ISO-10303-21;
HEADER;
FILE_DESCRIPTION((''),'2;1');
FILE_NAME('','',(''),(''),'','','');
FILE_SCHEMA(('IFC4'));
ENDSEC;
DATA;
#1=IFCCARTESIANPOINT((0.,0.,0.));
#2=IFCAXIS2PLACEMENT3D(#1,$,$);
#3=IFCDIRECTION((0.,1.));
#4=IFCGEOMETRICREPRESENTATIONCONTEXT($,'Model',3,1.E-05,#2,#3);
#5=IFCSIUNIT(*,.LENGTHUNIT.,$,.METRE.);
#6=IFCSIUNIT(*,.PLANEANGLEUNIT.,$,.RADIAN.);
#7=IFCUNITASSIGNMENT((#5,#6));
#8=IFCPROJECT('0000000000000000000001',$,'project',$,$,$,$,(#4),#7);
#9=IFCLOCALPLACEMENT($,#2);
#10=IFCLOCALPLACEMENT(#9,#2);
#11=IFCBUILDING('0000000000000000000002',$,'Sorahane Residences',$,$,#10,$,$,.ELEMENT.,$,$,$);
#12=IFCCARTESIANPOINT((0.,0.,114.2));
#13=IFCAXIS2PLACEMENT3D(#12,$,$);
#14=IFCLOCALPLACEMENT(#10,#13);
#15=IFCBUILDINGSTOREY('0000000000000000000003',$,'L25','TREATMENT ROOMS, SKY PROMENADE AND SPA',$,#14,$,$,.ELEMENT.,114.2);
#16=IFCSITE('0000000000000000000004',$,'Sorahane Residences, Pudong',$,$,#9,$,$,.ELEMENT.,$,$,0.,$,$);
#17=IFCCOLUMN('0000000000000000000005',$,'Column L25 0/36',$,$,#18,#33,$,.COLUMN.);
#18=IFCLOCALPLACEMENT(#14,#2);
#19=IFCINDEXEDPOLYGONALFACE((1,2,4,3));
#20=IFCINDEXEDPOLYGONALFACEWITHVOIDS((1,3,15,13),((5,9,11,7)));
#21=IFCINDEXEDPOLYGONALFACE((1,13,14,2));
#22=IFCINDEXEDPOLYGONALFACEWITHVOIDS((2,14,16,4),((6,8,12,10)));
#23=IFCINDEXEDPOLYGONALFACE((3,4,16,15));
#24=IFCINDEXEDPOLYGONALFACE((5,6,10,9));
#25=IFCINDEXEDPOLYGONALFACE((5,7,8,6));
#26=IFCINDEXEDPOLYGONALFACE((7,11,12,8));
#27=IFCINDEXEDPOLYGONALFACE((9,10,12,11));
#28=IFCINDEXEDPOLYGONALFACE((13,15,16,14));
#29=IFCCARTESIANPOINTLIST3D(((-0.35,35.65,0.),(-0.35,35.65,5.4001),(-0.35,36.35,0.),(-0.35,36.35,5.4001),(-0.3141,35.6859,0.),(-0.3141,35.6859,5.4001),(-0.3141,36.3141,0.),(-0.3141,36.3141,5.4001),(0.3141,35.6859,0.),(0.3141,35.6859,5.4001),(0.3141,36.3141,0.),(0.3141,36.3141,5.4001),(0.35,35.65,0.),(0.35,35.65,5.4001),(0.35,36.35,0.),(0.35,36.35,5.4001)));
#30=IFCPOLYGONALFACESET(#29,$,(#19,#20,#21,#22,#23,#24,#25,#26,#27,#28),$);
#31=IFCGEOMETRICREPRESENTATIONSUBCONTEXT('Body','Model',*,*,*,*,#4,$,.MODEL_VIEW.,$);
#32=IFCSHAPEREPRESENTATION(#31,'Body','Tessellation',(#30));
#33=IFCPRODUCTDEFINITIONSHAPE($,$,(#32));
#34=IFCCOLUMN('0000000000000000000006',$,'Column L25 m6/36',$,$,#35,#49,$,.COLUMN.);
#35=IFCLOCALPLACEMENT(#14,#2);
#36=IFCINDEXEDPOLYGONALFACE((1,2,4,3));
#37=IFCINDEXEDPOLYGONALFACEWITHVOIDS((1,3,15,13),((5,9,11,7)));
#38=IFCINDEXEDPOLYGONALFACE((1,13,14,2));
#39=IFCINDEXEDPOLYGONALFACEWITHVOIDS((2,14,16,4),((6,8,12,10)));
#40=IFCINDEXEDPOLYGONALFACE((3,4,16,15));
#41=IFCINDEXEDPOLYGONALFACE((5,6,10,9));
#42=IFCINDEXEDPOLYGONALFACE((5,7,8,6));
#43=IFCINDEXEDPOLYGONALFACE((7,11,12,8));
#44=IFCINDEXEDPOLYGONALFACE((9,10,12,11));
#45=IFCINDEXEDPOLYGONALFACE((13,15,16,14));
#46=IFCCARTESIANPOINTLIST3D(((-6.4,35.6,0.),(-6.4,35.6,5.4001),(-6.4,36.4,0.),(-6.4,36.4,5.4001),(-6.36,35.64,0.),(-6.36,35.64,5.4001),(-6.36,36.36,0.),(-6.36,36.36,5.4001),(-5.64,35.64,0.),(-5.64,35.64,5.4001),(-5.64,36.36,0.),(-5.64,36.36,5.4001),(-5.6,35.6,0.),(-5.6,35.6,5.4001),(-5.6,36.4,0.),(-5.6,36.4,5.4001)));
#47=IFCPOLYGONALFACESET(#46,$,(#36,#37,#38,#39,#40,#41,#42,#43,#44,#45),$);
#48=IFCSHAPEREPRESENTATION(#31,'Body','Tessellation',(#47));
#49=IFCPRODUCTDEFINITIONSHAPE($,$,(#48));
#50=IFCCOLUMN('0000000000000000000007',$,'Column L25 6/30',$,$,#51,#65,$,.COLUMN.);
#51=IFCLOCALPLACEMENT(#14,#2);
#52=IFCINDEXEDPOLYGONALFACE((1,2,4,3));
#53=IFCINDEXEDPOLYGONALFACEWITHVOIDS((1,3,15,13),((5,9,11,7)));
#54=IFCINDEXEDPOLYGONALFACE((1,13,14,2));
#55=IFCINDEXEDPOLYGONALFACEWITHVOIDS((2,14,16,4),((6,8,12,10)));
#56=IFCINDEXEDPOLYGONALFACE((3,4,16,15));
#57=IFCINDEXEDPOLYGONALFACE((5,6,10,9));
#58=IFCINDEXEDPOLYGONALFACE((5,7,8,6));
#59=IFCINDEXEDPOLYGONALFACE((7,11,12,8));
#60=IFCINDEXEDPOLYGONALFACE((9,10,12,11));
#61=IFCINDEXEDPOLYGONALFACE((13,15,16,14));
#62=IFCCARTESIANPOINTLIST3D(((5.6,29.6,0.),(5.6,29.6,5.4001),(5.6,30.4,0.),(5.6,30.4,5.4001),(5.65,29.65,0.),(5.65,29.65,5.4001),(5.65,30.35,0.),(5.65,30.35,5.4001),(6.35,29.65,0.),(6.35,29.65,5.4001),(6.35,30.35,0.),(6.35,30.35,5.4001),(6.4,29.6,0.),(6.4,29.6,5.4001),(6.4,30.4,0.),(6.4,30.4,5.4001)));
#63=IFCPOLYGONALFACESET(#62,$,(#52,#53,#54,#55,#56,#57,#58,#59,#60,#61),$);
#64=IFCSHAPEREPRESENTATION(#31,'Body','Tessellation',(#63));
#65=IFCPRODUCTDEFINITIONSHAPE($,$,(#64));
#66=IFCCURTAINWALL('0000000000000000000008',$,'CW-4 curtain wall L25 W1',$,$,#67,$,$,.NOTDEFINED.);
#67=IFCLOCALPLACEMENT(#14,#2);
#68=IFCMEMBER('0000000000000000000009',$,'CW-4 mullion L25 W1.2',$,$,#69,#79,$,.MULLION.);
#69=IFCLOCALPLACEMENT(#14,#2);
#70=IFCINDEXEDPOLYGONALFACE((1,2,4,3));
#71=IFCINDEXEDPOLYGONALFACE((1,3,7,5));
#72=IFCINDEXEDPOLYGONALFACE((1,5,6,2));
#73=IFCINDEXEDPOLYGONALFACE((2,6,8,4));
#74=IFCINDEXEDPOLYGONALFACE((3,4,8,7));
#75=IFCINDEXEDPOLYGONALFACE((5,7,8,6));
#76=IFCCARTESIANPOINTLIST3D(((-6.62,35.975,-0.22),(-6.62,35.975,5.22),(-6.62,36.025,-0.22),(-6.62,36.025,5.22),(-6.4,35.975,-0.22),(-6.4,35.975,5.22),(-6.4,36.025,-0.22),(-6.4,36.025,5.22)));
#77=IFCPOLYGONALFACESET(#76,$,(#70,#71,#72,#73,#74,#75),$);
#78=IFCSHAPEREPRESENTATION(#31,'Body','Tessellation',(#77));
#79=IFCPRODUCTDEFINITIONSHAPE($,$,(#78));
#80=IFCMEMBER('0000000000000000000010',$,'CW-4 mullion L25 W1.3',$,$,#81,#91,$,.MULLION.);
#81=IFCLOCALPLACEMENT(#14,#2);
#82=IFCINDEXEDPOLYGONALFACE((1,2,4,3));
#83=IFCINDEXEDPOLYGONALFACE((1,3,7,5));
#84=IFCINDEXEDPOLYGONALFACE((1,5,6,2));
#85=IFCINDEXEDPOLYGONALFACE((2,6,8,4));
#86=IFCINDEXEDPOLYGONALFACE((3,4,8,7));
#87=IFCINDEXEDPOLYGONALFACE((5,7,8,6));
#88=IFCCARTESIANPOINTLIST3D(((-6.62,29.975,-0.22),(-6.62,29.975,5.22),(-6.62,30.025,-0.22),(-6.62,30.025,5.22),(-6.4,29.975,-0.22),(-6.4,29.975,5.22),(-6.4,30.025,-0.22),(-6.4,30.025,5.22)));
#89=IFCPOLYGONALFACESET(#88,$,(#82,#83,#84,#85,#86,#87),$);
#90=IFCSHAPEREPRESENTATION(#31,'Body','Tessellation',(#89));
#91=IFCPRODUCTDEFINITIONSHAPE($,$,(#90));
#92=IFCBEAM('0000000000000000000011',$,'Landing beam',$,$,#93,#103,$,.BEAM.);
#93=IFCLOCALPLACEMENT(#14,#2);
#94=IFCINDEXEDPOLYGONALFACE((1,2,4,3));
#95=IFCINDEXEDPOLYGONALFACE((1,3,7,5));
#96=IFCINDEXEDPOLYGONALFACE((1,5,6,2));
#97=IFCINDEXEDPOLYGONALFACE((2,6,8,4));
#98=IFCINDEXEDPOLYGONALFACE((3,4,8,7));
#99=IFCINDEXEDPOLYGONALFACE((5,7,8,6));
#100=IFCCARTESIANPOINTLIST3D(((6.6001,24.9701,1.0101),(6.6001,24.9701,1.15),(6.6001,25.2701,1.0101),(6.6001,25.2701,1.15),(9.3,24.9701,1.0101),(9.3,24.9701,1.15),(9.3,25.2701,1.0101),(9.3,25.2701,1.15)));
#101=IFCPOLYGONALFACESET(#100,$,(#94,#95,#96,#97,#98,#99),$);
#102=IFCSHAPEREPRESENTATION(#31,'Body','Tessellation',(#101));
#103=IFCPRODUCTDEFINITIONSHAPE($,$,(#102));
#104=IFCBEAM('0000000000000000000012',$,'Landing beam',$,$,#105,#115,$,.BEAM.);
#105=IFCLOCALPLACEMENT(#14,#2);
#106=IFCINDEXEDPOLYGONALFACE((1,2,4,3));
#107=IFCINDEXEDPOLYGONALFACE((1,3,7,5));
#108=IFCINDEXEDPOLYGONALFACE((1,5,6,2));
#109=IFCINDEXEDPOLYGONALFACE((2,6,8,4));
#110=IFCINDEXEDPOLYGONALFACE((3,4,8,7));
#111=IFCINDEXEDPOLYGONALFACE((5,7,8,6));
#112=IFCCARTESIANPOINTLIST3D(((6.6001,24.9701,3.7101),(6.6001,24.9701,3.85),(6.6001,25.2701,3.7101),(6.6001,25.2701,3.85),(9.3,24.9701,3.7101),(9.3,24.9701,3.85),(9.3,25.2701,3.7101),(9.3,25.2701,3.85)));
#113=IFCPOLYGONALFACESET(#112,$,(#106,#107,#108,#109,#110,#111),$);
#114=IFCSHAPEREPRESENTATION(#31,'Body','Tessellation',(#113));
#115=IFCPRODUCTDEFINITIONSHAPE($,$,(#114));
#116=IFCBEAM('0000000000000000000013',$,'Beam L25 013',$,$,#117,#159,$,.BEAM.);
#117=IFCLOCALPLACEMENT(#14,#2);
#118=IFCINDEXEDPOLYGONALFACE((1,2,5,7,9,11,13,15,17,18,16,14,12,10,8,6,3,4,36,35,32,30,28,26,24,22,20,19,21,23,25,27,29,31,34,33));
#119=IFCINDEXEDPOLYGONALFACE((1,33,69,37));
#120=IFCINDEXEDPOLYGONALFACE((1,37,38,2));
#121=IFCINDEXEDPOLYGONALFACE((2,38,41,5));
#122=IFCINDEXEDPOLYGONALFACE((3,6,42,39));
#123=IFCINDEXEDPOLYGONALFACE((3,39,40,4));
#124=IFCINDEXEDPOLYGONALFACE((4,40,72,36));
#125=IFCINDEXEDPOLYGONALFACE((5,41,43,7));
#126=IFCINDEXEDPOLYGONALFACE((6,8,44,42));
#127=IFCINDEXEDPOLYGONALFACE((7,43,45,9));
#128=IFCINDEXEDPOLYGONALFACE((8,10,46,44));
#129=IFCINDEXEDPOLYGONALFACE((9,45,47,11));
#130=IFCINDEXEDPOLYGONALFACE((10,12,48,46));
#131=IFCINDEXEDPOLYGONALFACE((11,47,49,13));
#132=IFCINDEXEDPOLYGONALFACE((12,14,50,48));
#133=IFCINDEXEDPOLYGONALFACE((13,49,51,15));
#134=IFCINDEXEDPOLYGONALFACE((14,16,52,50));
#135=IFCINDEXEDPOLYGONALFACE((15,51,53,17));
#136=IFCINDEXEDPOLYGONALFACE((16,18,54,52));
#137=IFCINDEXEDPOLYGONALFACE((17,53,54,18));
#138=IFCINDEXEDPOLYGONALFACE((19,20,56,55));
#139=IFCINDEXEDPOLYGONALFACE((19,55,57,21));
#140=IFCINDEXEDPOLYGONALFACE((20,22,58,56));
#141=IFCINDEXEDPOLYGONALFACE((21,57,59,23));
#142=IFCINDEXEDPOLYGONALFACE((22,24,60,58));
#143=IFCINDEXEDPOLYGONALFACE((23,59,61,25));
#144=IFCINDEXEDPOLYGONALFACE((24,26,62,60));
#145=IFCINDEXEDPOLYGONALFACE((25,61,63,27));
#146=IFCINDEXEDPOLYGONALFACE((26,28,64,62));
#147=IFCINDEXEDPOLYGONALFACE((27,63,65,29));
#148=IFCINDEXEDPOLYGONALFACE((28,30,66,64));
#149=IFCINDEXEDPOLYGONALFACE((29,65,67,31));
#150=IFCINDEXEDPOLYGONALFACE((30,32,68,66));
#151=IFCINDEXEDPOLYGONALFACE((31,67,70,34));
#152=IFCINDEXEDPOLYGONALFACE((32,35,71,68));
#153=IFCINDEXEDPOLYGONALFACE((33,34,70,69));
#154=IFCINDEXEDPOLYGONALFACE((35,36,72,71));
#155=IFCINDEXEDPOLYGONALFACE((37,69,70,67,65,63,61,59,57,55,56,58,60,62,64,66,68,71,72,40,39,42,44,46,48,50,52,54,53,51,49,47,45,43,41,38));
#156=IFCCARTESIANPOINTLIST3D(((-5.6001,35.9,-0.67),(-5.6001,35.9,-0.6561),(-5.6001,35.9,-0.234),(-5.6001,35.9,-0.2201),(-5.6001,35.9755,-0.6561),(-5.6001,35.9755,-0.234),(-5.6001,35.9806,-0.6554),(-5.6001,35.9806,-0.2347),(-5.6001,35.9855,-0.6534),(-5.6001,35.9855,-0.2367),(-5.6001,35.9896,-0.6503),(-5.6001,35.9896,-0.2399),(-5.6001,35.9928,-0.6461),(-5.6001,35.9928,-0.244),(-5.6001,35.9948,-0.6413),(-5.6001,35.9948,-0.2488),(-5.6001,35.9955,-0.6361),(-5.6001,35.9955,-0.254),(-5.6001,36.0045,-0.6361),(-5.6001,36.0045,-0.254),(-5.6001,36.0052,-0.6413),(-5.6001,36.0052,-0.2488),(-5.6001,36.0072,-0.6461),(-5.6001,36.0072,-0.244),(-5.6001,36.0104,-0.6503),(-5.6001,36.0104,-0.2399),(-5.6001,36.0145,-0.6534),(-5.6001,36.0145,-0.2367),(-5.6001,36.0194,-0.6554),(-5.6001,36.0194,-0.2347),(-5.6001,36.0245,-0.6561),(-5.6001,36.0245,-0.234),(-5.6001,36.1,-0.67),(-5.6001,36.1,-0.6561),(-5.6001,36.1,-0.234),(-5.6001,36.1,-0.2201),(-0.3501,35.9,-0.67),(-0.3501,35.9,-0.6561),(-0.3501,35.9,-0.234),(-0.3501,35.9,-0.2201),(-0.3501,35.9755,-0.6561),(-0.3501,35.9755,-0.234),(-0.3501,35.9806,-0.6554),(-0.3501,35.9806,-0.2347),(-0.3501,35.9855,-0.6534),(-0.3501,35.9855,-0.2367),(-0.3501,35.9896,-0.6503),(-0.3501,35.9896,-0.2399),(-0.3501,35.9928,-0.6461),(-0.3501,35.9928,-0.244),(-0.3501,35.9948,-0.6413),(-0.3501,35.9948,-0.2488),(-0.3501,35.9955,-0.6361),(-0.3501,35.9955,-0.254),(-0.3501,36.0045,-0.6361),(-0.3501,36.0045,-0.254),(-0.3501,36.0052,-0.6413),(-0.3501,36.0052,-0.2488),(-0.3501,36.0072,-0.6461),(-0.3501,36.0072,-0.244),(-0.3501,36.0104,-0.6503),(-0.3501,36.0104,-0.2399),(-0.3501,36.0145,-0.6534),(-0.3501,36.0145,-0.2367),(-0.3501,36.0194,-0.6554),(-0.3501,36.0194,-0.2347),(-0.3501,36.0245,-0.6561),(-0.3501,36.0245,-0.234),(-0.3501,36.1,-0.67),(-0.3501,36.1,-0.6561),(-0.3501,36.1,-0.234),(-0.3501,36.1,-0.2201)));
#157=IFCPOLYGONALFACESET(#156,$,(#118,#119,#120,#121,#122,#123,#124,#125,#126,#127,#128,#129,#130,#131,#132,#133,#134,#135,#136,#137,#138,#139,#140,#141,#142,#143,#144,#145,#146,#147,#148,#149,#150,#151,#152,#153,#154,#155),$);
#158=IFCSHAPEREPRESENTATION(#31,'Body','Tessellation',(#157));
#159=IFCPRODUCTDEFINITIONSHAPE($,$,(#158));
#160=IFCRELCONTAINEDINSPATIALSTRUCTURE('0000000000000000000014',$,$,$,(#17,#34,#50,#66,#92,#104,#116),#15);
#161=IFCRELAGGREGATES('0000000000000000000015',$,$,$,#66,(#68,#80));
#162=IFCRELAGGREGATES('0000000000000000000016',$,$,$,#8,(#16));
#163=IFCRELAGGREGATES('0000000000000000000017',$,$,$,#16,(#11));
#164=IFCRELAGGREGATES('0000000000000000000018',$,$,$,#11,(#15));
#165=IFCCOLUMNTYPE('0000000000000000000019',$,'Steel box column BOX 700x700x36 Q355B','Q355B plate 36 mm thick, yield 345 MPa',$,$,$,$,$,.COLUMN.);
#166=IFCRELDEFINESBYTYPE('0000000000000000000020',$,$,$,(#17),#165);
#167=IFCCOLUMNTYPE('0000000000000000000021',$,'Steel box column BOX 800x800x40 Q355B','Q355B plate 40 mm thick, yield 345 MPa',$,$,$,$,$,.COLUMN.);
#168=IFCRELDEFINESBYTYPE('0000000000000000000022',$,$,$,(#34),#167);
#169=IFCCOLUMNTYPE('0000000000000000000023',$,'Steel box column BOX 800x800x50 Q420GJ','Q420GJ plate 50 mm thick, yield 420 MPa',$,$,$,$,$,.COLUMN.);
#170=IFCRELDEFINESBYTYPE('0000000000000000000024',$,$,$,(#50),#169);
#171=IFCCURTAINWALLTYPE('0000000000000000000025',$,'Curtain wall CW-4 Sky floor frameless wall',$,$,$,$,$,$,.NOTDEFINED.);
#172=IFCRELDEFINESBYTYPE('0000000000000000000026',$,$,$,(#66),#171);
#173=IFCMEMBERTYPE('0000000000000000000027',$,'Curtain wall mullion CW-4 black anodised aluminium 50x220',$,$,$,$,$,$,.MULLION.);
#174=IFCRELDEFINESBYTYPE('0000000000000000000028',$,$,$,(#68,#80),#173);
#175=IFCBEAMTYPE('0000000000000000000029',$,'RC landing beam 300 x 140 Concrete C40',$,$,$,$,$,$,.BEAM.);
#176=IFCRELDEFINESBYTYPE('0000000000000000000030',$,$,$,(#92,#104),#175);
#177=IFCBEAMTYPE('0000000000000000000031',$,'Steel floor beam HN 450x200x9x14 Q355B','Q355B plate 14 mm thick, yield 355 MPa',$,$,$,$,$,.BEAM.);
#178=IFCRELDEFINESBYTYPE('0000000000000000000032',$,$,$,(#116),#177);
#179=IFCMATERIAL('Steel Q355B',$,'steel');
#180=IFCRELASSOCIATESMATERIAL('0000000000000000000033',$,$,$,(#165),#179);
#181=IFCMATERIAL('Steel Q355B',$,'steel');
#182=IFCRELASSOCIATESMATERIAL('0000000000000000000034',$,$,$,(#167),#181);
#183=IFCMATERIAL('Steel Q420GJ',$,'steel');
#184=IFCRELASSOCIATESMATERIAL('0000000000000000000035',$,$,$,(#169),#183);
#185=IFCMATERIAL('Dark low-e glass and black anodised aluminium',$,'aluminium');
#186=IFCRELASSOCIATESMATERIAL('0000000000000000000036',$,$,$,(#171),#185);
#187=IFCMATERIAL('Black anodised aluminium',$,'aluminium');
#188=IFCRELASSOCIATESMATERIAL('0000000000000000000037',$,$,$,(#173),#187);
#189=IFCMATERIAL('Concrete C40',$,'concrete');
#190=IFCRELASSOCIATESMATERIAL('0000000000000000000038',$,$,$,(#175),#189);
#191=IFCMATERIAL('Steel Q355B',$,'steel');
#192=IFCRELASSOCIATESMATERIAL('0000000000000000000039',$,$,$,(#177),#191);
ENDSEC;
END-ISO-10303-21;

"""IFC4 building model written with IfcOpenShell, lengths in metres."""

from ifc_helpers import new_model, si_unit, direction, frame, origin, origin_2d, place, context, subcontext, project, spatial, rectangle, hollow_rectangle, i_section, extrude, material, material_profile, profile_set, type_object, element, aggregate, save


model = new_model("IFC4")

# Units and contexts
model_context = context("Model", 3, precision=1e-05, world=origin(), true_north=direction((0.0, 1.0)))
body_context = subcontext(model_context, "Body", "Model", "MODEL_VIEW")
ifc_project = project(units=[si_unit("LENGTHUNIT", "METRE"), si_unit("PLANEANGLEUNIT", "RADIAN")], contexts=[model_context])

# Site, building, storey
site_placement = place(None, origin())
site = spatial("IfcSite", under=ifc_project, at=site_placement, Name="Sorahane Residences, Pudong", CompositionType="ELEMENT", RefElevation=0.0)
building_placement = place(site_placement, origin())
building = spatial("IfcBuilding", under=site, at=building_placement, Name="Sorahane Residences", CompositionType="ELEMENT")
storey_placement = place(building_placement, frame((0.0, 0.0, 114.2)))
storey = spatial("IfcBuildingStorey", under=building, at=storey_placement, Name="L25", Description="TREATMENT ROOMS, SKY PROMENADE AND SPA", CompositionType="ELEMENT", Elevation=114.2)

# Columns
ifc_material_1 = material(Name="Steel Q355B", Category="steel")
ifc_material_profile_1 = material_profile(ifc_material_1, hollow_rectangle(XDim=0.7, YDim=0.7, WallThickness=0.0359, at=origin_2d()), Name="BOX 700x700x36")
ifc_profile_set_1 = profile_set([ifc_material_profile_1], Name="Steel Q355B")
column_type_1 = type_object("IfcColumnType", Name="Steel box column BOX 700x700x36 Q355B", Description="Q355B plate 36 mm thick, yield 345 MPa", PredefinedType="COLUMN", material=ifc_profile_set_1)
column_1_placement = place(storey_placement, frame((0.0, 36.0, 0.0), z_axis=(0.0, 0.0, 1.0), x_axis=(1.0, 0.0, 0.0)))
element("IfcColumn", 1, at=column_1_placement, inside=storey, type_object=column_type_1, Name="Column L25 0/36", PredefinedType="COLUMN", context=body_context, shape_type="SweptSolid", body=[
    extrude(hollow_rectangle(XDim=0.7, YDim=0.7, WallThickness=0.0359, at=origin_2d()), origin(), (0.0, 0.0, 1.0), 5.4001),
])
ifc_material_2 = material(Name="Steel Q355B", Category="steel")
ifc_material_profile_2 = material_profile(ifc_material_2, hollow_rectangle(XDim=0.8, YDim=0.8, WallThickness=0.04, at=origin_2d()), Name="BOX 800x800x40")
ifc_profile_set_2 = profile_set([ifc_material_profile_2], Name="Steel Q355B")
column_type_2 = type_object("IfcColumnType", Name="Steel box column BOX 800x800x40 Q355B", Description="Q355B plate 40 mm thick, yield 345 MPa", PredefinedType="COLUMN", material=ifc_profile_set_2)
column_2_placement = place(storey_placement, frame((-6.0, 36.0, 0.0), z_axis=(0.0, 0.0, 1.0), x_axis=(1.0, 0.0, 0.0)))
element("IfcColumn", 2, at=column_2_placement, inside=storey, type_object=column_type_2, Name="Column L25 m6/36", PredefinedType="COLUMN", context=body_context, shape_type="SweptSolid", body=[
    extrude(hollow_rectangle(XDim=0.8, YDim=0.8, WallThickness=0.04, at=origin_2d()), origin(), (0.0, 0.0, 1.0), 5.4001),
])
ifc_material_3 = material(Name="Steel Q420GJ", Category="steel")
ifc_material_profile_3 = material_profile(ifc_material_3, hollow_rectangle(XDim=0.8, YDim=0.8, WallThickness=0.05, at=origin_2d()), Name="BOX 800x800x50")
ifc_profile_set_3 = profile_set([ifc_material_profile_3], Name="Steel Q420GJ")
column_type_3 = type_object("IfcColumnType", Name="Steel box column BOX 800x800x50 Q420GJ", Description="Q420GJ plate 50 mm thick, yield 420 MPa", PredefinedType="COLUMN", material=ifc_profile_set_3)
column_3_placement = place(storey_placement, frame((6.0, 30.0, 0.0), z_axis=(0.0, 0.0, 1.0), x_axis=(1.0, 0.0, 0.0)))
element("IfcColumn", 3, at=column_3_placement, inside=storey, type_object=column_type_3, Name="Column L25 6/30", PredefinedType="COLUMN", context=body_context, shape_type="SweptSolid", body=[
    extrude(hollow_rectangle(XDim=0.8, YDim=0.8, WallThickness=0.05, at=origin_2d()), origin(), (0.0, 0.0, 1.0), 5.4001),
])

# Curtain wall, members
ifc_material_4 = material(Name="Dark low-e glass and black anodised aluminium", Category="aluminium")
curtain_wall_type = type_object("IfcCurtainWallType", Name="Curtain wall CW-4 Sky floor frameless wall", PredefinedType="NOTDEFINED", material=ifc_material_4)
curtain_wall_placement = place(storey_placement, origin())
curtain_wall = element("IfcCurtainWall", 4, at=curtain_wall_placement, inside=storey, type_object=curtain_wall_type, Name="CW-4 curtain wall L25 W1", PredefinedType="NOTDEFINED")
ifc_material_5 = material(Name="Black anodised aluminium", Category="aluminium")
ifc_material_profile_4 = material_profile(ifc_material_5, rectangle(XDim=0.22, YDim=0.05, at=origin_2d()), Name="Curtain wall mullion CW-4 black anodised aluminium 50x220")
ifc_profile_set_4 = profile_set([ifc_material_profile_4], Name="Black anodised aluminium")
member_type = type_object("IfcMemberType", Name="Curtain wall mullion CW-4 black anodised aluminium 50x220", PredefinedType="MULLION", material=ifc_profile_set_4)
member_1_placement = place(storey_placement, frame((-6.51, 36.0, -0.22), z_axis=(0.0, 0.0, 1.0), x_axis=(-1.0, 0.0, 0.0)))
member_1 = element("IfcMember", 5, at=member_1_placement, type_object=member_type, Name="CW-4 mullion L25 W1.2", PredefinedType="MULLION", context=body_context, shape_type="SweptSolid", body=[
    extrude(rectangle(XDim=0.22, YDim=0.05, at=origin_2d()), origin(), (0.0, 0.0, 1.0), 5.4399),
])
member_2_placement = place(storey_placement, frame((-6.51, 30.0, -0.22), z_axis=(0.0, 0.0, 1.0), x_axis=(-1.0, 0.0, 0.0)))
member_2 = element("IfcMember", 6, at=member_2_placement, type_object=member_type, Name="CW-4 mullion L25 W1.3", PredefinedType="MULLION", context=body_context, shape_type="SweptSolid", body=[
    extrude(rectangle(XDim=0.22, YDim=0.05, at=origin_2d()), origin(), (0.0, 0.0, 1.0), 5.4399),
])

# Beams
ifc_material_6 = material(Name="Concrete C40", Category="concrete")
ifc_material_profile_5 = material_profile(ifc_material_6, rectangle(XDim=0.3, YDim=0.1399, at=origin_2d()), Name="300x140")
ifc_profile_set_5 = profile_set([ifc_material_profile_5], Name="Concrete C40")
beam_type_1 = type_object("IfcBeamType", Name="RC landing beam 300 x 140 Concrete C40", PredefinedType="BEAM", material=ifc_profile_set_5)
for number, where, z_axis, x_axis, name in (
    (7, (6.6001, 25.1201, 1.0801), (1.0, 0.0, 0.0), (0.0, 1.0, 0.0), "Landing beam"),
    (8, (6.6001, 25.1201, 3.78), (1.0, 0.0, 0.0), (0.0, 1.0, 0.0), "Landing beam"),
):
    element("IfcBeam", number, at=place(storey_placement, frame(where, z_axis=z_axis, x_axis=x_axis)), inside=storey, type_object=beam_type_1, Name=name, PredefinedType="BEAM", context=body_context, shape_type="SweptSolid", body=[
        extrude(rectangle(XDim=0.3, YDim=0.1399, at=origin_2d()), origin(), (0.0, 0.0, 1.0), 2.7),
    ])
ifc_material_7 = material(Name="Steel Q355B", Category="steel")
ifc_material_profile_6 = material_profile(ifc_material_7, i_section(OverallWidth=0.2, OverallDepth=0.45, WebThickness=0.009, FlangeThickness=0.0139, FilletRadius=0.02, at=origin_2d()), Name="HN 450x200x9x14")
ifc_profile_set_6 = profile_set([ifc_material_profile_6], Name="Steel Q355B")
beam_type_2 = type_object("IfcBeamType", Name="Steel floor beam HN 450x200x9x14 Q355B", Description="Q355B plate 14 mm thick, yield 355 MPa", PredefinedType="BEAM", material=ifc_profile_set_6)
beam_1_placement = place(storey_placement, frame((-5.6001, 36.0, -0.4451), z_axis=(1.0, 0.0, 0.0), x_axis=(0.0, 1.0, 0.0)))
element("IfcBeam", 9, at=beam_1_placement, inside=storey, type_object=beam_type_2, Name="Beam L25 013", PredefinedType="BEAM", context=body_context, shape_type="SweptSolid", body=[
    extrude(i_section(OverallWidth=0.2, OverallDepth=0.45, WebThickness=0.009, FlangeThickness=0.0139, FilletRadius=0.02, at=origin_2d()), origin(), (0.0, 0.0, 1.0), 5.25),
])

aggregate(curtain_wall, [member_1, member_2])

save(model, "model.ifc")
